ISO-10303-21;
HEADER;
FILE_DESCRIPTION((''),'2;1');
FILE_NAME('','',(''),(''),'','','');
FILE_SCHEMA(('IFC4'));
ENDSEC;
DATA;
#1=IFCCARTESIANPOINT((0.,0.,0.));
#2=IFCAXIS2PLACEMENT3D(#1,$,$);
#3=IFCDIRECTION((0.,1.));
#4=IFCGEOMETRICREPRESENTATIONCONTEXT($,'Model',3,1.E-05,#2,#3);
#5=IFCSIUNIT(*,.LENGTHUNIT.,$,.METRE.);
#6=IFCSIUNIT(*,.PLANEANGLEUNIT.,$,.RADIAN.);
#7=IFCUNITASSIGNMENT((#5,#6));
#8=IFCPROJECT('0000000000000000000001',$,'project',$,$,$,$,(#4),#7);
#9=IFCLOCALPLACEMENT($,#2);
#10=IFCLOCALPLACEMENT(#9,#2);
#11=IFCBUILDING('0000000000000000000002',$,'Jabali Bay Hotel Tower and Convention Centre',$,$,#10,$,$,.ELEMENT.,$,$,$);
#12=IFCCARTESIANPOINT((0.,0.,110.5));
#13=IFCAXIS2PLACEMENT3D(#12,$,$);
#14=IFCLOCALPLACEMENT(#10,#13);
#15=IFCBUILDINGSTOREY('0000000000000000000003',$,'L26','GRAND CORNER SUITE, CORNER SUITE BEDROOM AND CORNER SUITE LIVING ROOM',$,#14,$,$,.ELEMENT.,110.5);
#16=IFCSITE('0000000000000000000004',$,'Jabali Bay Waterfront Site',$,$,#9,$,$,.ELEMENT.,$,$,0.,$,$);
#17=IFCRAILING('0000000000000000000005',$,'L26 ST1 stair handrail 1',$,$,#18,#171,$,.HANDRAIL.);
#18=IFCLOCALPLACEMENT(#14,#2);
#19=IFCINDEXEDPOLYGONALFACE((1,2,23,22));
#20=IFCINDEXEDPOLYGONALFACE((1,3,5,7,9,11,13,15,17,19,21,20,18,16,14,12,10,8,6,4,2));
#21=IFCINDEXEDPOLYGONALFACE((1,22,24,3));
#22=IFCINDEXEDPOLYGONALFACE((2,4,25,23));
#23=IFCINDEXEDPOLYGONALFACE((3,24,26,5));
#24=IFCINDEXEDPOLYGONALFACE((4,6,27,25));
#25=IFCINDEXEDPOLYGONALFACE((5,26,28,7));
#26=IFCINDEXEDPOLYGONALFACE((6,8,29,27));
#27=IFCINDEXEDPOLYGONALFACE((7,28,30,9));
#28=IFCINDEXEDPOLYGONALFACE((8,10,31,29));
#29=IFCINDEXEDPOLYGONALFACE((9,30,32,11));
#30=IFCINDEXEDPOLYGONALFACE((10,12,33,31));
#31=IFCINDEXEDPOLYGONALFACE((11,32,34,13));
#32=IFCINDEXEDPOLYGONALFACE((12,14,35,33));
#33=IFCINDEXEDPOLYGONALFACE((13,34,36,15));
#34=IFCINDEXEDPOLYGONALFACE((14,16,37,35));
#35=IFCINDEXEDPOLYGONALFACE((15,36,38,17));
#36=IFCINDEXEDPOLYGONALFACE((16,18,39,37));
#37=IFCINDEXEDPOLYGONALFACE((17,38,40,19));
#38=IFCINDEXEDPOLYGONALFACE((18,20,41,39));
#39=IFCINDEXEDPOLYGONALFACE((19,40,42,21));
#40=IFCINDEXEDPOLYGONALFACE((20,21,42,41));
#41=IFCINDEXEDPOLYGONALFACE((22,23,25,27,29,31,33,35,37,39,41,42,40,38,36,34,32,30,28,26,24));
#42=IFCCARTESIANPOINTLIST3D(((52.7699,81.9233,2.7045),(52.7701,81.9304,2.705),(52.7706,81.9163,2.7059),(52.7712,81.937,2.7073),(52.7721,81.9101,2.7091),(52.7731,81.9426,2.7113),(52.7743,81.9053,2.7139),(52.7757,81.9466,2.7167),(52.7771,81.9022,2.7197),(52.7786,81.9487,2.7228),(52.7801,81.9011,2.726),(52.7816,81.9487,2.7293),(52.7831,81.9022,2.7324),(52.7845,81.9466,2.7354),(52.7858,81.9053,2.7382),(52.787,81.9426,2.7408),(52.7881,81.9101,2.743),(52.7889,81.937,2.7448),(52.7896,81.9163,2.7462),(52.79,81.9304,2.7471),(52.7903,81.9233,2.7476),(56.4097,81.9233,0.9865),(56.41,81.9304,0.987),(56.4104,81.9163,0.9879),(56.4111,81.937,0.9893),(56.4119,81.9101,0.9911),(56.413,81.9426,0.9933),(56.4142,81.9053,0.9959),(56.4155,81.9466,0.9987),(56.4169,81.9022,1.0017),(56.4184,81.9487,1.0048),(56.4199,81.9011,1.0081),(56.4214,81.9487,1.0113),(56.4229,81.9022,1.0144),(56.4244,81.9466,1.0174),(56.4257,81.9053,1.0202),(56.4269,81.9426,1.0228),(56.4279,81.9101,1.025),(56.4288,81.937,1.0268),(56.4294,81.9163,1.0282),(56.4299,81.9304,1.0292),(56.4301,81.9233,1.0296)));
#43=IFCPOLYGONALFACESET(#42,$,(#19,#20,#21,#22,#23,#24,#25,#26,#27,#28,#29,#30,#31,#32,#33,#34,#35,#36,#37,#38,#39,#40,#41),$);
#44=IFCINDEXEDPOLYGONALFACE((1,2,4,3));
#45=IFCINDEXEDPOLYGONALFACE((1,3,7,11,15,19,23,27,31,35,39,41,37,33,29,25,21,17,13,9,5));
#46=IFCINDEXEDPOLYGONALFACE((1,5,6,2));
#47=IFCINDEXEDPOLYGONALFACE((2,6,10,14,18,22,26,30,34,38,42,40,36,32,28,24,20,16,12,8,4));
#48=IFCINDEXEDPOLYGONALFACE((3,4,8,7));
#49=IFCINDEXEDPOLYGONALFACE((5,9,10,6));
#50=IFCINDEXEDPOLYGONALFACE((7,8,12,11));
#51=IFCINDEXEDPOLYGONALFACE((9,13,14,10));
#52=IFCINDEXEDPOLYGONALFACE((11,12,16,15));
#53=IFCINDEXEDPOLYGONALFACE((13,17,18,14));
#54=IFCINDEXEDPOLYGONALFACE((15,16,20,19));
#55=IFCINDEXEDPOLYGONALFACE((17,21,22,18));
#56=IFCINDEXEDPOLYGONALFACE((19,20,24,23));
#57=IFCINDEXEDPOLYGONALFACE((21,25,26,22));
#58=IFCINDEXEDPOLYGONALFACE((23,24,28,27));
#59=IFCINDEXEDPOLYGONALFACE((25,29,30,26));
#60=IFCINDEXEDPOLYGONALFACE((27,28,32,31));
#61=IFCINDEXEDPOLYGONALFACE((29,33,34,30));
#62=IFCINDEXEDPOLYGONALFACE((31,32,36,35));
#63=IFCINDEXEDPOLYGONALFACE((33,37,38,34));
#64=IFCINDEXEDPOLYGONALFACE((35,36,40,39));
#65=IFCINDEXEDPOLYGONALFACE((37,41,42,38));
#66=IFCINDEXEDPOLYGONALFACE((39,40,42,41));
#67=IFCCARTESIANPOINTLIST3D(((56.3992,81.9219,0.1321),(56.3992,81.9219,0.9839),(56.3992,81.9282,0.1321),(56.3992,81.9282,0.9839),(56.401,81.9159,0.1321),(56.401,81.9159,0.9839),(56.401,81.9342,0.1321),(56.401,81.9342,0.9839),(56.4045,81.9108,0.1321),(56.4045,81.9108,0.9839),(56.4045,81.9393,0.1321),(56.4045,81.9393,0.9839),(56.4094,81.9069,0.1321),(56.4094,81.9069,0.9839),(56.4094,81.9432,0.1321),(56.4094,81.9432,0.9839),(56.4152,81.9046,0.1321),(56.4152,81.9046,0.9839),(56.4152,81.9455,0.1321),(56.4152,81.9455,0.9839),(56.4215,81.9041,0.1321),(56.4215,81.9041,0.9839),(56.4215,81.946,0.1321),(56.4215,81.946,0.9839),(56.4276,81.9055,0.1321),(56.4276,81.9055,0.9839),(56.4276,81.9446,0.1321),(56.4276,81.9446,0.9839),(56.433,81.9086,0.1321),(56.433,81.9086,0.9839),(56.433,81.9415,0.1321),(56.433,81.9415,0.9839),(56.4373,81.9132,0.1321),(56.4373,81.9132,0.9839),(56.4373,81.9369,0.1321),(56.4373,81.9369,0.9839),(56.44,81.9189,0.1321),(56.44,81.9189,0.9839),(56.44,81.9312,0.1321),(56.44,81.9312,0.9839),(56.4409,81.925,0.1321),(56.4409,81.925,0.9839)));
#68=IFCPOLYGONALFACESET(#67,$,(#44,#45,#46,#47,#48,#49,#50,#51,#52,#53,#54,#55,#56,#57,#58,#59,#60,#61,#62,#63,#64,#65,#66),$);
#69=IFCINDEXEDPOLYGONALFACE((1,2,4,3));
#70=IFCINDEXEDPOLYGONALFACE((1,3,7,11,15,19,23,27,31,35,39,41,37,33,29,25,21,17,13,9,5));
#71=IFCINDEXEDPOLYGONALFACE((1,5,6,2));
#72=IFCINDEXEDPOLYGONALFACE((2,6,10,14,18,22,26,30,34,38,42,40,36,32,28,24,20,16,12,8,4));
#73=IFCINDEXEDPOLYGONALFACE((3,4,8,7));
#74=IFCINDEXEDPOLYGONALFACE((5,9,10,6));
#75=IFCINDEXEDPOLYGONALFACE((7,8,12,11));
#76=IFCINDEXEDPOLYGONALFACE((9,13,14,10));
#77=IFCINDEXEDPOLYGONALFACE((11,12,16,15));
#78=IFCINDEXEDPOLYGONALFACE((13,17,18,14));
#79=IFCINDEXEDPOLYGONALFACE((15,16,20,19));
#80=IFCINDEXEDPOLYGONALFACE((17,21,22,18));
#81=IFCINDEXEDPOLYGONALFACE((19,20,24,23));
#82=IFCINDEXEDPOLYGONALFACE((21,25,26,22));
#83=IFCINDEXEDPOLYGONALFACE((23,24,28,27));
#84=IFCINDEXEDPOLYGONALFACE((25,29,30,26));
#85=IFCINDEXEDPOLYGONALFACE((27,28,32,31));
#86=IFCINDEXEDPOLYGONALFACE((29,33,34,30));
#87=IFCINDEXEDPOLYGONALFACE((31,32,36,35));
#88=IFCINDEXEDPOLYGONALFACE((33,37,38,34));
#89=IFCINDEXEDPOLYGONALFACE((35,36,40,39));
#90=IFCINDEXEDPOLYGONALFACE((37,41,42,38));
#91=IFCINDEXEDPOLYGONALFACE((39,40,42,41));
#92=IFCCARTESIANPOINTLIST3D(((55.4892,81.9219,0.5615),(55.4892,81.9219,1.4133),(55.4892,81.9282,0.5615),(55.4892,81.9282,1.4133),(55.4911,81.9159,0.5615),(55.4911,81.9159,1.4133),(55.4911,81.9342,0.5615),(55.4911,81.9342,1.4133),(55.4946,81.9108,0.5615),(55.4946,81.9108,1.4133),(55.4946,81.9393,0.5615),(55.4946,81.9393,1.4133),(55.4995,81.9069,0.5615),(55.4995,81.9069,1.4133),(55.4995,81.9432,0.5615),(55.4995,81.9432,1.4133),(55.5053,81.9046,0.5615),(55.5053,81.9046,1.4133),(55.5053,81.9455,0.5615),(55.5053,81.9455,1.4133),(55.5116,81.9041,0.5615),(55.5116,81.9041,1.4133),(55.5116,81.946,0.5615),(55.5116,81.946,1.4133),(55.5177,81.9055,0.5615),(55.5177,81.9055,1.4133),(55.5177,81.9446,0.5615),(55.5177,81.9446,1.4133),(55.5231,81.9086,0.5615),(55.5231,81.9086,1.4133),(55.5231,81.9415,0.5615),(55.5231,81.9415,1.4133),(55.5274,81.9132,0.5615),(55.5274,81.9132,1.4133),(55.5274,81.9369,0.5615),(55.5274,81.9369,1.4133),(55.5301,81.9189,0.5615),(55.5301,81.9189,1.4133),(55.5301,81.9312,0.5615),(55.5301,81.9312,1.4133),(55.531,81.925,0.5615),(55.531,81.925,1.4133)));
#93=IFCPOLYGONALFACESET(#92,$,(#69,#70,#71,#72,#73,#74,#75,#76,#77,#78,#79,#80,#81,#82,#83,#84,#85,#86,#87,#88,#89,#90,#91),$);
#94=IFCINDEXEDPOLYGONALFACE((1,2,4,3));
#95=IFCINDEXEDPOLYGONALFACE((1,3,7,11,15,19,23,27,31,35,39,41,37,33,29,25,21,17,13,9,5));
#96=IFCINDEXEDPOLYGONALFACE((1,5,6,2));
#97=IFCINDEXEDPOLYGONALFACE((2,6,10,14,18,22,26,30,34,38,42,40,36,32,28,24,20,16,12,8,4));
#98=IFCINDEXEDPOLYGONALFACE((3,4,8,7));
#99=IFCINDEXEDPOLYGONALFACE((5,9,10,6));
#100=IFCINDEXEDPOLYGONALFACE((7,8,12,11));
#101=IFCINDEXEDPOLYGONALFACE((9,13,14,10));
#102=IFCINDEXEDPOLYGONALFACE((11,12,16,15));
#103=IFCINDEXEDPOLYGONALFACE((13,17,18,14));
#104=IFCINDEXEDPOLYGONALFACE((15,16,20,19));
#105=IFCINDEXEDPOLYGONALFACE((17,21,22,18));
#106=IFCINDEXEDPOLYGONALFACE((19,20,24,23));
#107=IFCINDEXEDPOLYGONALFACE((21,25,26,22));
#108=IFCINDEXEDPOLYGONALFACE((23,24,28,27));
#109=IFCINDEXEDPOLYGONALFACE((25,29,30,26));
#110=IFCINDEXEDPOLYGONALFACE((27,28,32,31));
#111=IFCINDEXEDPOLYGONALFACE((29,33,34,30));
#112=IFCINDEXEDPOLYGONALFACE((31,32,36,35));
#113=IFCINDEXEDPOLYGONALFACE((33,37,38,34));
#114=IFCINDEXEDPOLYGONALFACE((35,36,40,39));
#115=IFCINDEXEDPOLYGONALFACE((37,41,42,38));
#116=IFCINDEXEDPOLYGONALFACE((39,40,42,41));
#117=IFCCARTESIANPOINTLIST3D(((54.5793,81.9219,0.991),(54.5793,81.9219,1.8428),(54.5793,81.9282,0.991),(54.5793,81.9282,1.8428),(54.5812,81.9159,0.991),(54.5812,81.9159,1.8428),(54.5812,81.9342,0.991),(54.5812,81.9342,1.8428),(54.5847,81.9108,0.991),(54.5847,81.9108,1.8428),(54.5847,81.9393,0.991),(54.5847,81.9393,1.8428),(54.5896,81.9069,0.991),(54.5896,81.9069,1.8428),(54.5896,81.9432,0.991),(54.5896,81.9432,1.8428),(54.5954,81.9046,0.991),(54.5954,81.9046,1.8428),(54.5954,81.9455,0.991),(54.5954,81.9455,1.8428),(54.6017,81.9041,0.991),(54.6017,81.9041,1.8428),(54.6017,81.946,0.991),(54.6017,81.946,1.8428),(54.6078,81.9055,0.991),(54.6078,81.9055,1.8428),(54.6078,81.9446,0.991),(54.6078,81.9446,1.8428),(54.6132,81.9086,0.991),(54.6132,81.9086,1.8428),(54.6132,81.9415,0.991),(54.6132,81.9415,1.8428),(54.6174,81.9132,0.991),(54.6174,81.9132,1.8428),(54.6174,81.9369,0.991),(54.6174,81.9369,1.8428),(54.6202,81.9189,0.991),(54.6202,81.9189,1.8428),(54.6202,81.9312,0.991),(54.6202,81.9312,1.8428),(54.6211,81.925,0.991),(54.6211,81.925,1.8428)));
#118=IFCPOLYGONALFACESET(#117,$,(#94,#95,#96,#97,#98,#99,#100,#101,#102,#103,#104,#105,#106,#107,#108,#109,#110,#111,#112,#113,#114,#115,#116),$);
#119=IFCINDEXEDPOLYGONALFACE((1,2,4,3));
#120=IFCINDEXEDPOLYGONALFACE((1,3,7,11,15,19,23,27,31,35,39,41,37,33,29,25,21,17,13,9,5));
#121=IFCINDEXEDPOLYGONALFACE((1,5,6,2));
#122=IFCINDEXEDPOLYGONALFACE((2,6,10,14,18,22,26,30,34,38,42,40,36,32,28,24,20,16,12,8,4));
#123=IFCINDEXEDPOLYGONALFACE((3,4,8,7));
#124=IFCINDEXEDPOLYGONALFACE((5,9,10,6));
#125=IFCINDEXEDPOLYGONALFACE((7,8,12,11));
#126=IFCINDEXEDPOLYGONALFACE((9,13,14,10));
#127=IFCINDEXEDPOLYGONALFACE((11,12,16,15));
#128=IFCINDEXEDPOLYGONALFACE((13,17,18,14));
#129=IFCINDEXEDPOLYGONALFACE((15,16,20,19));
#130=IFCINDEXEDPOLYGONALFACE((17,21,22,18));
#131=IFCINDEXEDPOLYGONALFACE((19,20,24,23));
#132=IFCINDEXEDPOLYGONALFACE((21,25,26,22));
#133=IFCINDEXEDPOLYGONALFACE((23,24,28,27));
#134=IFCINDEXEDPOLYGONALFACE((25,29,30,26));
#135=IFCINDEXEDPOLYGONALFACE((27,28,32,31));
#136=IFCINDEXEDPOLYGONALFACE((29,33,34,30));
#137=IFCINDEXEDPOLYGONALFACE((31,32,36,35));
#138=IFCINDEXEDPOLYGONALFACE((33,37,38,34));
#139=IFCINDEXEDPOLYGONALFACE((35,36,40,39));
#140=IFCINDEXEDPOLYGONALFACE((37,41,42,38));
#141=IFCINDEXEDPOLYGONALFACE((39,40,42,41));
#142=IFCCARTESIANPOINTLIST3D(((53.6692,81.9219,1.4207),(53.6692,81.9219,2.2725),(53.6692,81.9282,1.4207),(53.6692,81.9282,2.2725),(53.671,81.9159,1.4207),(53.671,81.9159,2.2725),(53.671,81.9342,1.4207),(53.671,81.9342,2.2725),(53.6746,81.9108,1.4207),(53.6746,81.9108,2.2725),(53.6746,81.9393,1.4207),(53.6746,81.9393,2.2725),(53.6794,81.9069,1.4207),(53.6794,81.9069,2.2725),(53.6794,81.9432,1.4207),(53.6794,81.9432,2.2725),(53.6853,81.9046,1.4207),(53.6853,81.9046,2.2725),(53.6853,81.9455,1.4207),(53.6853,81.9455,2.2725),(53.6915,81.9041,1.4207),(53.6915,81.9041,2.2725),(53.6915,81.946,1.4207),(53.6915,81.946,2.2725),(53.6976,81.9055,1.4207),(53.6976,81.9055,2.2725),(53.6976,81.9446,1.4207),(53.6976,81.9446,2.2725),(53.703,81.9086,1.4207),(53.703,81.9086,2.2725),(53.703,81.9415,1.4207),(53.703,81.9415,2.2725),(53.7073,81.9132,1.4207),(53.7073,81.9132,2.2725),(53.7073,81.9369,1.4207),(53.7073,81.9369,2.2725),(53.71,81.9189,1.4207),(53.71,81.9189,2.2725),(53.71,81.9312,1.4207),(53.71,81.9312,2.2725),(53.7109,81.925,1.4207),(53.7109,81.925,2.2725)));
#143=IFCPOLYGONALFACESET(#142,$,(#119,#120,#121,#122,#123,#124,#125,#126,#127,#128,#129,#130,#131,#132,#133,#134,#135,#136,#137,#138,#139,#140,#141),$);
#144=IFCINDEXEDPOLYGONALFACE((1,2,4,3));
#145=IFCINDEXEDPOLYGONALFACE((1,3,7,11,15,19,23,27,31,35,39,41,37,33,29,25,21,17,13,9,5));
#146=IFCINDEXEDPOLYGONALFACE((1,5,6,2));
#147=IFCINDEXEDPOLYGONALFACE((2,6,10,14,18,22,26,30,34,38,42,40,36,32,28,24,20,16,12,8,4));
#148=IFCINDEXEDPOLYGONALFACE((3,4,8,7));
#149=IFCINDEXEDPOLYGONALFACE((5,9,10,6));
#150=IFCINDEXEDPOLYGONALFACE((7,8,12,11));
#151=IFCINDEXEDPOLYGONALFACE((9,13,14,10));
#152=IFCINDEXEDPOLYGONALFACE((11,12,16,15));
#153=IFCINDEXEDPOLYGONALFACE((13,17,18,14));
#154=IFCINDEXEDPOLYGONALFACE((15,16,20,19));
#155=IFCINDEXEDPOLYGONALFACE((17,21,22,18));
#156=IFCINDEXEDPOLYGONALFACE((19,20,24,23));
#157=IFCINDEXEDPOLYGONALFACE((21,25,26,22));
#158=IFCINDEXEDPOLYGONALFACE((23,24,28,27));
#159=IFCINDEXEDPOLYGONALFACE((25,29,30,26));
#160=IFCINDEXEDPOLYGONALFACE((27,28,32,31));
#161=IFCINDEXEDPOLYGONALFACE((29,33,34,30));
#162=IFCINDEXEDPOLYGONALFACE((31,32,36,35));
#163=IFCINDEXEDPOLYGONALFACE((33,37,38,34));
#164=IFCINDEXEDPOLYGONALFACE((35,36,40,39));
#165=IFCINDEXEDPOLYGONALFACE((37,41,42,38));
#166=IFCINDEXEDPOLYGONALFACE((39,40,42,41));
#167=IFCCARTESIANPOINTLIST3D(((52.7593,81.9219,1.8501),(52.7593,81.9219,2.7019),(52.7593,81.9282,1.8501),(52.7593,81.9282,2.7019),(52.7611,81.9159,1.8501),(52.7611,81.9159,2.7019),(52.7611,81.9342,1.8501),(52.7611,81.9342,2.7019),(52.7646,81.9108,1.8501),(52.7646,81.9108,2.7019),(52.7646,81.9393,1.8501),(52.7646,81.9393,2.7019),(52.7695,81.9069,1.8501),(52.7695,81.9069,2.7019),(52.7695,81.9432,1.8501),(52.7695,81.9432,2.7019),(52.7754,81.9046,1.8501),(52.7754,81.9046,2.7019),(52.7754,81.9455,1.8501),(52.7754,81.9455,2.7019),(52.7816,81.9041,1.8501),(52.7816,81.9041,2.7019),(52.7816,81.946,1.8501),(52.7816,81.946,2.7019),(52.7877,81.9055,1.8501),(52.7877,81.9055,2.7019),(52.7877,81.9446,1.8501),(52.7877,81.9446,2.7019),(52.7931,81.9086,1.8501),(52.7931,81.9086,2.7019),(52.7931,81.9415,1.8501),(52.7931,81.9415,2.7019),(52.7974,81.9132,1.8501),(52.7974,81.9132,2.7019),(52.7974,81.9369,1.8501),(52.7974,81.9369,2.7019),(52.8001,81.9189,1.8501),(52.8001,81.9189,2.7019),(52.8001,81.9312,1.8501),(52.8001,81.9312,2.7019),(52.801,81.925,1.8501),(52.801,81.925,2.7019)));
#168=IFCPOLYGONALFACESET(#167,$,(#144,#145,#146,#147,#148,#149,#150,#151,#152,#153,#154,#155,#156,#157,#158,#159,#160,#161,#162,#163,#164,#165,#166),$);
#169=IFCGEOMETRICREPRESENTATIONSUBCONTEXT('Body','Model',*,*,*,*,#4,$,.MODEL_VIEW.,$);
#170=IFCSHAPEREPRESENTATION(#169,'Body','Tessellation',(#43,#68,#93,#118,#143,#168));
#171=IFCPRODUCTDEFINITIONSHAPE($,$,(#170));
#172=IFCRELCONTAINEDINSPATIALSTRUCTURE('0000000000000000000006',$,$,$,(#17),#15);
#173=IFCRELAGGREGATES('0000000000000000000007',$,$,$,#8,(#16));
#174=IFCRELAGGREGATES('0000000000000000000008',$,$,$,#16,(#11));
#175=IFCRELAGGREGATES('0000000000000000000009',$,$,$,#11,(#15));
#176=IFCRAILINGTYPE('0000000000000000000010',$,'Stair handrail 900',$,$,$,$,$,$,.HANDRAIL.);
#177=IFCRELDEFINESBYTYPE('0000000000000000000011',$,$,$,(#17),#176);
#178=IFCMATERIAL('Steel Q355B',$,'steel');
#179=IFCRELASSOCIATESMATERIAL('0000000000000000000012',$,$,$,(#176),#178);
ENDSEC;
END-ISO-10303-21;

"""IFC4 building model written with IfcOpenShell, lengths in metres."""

from ifc_helpers import new_model, si_unit, direction, frame, origin, origin_2d, place, context, subcontext, project, spatial, circle, extrude, material, type_object, element, save


model = new_model("IFC4")

# Units and contexts
model_context = context("Model", 3, precision=1e-05, world=origin(), true_north=direction((0.0, 1.0)))
body_context = subcontext(model_context, "Body", "Model", "MODEL_VIEW")
ifc_project = project(units=[si_unit("LENGTHUNIT", "METRE"), si_unit("PLANEANGLEUNIT", "RADIAN")], contexts=[model_context])

# Site, building, storey
site_placement = place(None, origin())
site = spatial("IfcSite", under=ifc_project, at=site_placement, Name="Jabali Bay Waterfront Site", CompositionType="ELEMENT", RefElevation=0.0)
building_placement = place(site_placement, origin())
building = spatial("IfcBuilding", under=site, at=building_placement, Name="Jabali Bay Hotel Tower and Convention Centre", CompositionType="ELEMENT")
storey_placement = place(building_placement, frame((0.0, 0.0, 110.5)))
storey = spatial("IfcBuildingStorey", under=building, at=storey_placement, Name="L26", Description="GRAND CORNER SUITE, CORNER SUITE BEDROOM AND CORNER SUITE LIVING ROOM", CompositionType="ELEMENT", Elevation=110.5)

# Railing
ifc_material_1 = material(Name="Steel Q355B", Category="steel")
railing_type_1 = type_object("IfcRailingType", Name="Stair handrail 900", PredefinedType="HANDRAIL", material=ifc_material_1)
railing_1_placement = place(storey_placement, frame((56.4199, 81.925, 0.1321)))
element("IfcRailing", 1, at=railing_1_placement, inside=storey, type_object=railing_type_1, Name="L26 ST1 stair handrail 1", PredefinedType="HANDRAIL", context=body_context, shape_type="SweptSolid", body=[
    extrude(circle(Radius=0.0239, at=origin_2d()), frame((0.0, 0.0, 0.876), z_axis=(-0.904327, 0.0, 0.42684), x_axis=(0.0, -1.0, 0.0)), (0.0, 0.0, 1.0), 4.0249),
    extrude(circle(Radius=0.021, at=origin_2d()), origin(), (0.0, 0.0, 1.0), 0.8518),
    extrude(circle(Radius=0.021, at=origin_2d()), frame((-0.9099, 0.0, 0.4294)), (0.0, 0.0, 1.0), 0.8518),
    extrude(circle(Radius=0.021, at=origin_2d()), frame((-1.8198, 0.0, 0.8589)), (0.0, 0.0, 1.0), 0.8518),
    extrude(circle(Radius=0.021, at=origin_2d()), frame((-2.73, 0.0, 1.2886)), (0.0, 0.0, 1.0), 0.8518),
    extrude(circle(Radius=0.021, at=origin_2d()), frame((-3.6399, 0.0, 1.718)), (0.0, 0.0, 1.0), 0.8518),
])

save(model, "model.ifc")
